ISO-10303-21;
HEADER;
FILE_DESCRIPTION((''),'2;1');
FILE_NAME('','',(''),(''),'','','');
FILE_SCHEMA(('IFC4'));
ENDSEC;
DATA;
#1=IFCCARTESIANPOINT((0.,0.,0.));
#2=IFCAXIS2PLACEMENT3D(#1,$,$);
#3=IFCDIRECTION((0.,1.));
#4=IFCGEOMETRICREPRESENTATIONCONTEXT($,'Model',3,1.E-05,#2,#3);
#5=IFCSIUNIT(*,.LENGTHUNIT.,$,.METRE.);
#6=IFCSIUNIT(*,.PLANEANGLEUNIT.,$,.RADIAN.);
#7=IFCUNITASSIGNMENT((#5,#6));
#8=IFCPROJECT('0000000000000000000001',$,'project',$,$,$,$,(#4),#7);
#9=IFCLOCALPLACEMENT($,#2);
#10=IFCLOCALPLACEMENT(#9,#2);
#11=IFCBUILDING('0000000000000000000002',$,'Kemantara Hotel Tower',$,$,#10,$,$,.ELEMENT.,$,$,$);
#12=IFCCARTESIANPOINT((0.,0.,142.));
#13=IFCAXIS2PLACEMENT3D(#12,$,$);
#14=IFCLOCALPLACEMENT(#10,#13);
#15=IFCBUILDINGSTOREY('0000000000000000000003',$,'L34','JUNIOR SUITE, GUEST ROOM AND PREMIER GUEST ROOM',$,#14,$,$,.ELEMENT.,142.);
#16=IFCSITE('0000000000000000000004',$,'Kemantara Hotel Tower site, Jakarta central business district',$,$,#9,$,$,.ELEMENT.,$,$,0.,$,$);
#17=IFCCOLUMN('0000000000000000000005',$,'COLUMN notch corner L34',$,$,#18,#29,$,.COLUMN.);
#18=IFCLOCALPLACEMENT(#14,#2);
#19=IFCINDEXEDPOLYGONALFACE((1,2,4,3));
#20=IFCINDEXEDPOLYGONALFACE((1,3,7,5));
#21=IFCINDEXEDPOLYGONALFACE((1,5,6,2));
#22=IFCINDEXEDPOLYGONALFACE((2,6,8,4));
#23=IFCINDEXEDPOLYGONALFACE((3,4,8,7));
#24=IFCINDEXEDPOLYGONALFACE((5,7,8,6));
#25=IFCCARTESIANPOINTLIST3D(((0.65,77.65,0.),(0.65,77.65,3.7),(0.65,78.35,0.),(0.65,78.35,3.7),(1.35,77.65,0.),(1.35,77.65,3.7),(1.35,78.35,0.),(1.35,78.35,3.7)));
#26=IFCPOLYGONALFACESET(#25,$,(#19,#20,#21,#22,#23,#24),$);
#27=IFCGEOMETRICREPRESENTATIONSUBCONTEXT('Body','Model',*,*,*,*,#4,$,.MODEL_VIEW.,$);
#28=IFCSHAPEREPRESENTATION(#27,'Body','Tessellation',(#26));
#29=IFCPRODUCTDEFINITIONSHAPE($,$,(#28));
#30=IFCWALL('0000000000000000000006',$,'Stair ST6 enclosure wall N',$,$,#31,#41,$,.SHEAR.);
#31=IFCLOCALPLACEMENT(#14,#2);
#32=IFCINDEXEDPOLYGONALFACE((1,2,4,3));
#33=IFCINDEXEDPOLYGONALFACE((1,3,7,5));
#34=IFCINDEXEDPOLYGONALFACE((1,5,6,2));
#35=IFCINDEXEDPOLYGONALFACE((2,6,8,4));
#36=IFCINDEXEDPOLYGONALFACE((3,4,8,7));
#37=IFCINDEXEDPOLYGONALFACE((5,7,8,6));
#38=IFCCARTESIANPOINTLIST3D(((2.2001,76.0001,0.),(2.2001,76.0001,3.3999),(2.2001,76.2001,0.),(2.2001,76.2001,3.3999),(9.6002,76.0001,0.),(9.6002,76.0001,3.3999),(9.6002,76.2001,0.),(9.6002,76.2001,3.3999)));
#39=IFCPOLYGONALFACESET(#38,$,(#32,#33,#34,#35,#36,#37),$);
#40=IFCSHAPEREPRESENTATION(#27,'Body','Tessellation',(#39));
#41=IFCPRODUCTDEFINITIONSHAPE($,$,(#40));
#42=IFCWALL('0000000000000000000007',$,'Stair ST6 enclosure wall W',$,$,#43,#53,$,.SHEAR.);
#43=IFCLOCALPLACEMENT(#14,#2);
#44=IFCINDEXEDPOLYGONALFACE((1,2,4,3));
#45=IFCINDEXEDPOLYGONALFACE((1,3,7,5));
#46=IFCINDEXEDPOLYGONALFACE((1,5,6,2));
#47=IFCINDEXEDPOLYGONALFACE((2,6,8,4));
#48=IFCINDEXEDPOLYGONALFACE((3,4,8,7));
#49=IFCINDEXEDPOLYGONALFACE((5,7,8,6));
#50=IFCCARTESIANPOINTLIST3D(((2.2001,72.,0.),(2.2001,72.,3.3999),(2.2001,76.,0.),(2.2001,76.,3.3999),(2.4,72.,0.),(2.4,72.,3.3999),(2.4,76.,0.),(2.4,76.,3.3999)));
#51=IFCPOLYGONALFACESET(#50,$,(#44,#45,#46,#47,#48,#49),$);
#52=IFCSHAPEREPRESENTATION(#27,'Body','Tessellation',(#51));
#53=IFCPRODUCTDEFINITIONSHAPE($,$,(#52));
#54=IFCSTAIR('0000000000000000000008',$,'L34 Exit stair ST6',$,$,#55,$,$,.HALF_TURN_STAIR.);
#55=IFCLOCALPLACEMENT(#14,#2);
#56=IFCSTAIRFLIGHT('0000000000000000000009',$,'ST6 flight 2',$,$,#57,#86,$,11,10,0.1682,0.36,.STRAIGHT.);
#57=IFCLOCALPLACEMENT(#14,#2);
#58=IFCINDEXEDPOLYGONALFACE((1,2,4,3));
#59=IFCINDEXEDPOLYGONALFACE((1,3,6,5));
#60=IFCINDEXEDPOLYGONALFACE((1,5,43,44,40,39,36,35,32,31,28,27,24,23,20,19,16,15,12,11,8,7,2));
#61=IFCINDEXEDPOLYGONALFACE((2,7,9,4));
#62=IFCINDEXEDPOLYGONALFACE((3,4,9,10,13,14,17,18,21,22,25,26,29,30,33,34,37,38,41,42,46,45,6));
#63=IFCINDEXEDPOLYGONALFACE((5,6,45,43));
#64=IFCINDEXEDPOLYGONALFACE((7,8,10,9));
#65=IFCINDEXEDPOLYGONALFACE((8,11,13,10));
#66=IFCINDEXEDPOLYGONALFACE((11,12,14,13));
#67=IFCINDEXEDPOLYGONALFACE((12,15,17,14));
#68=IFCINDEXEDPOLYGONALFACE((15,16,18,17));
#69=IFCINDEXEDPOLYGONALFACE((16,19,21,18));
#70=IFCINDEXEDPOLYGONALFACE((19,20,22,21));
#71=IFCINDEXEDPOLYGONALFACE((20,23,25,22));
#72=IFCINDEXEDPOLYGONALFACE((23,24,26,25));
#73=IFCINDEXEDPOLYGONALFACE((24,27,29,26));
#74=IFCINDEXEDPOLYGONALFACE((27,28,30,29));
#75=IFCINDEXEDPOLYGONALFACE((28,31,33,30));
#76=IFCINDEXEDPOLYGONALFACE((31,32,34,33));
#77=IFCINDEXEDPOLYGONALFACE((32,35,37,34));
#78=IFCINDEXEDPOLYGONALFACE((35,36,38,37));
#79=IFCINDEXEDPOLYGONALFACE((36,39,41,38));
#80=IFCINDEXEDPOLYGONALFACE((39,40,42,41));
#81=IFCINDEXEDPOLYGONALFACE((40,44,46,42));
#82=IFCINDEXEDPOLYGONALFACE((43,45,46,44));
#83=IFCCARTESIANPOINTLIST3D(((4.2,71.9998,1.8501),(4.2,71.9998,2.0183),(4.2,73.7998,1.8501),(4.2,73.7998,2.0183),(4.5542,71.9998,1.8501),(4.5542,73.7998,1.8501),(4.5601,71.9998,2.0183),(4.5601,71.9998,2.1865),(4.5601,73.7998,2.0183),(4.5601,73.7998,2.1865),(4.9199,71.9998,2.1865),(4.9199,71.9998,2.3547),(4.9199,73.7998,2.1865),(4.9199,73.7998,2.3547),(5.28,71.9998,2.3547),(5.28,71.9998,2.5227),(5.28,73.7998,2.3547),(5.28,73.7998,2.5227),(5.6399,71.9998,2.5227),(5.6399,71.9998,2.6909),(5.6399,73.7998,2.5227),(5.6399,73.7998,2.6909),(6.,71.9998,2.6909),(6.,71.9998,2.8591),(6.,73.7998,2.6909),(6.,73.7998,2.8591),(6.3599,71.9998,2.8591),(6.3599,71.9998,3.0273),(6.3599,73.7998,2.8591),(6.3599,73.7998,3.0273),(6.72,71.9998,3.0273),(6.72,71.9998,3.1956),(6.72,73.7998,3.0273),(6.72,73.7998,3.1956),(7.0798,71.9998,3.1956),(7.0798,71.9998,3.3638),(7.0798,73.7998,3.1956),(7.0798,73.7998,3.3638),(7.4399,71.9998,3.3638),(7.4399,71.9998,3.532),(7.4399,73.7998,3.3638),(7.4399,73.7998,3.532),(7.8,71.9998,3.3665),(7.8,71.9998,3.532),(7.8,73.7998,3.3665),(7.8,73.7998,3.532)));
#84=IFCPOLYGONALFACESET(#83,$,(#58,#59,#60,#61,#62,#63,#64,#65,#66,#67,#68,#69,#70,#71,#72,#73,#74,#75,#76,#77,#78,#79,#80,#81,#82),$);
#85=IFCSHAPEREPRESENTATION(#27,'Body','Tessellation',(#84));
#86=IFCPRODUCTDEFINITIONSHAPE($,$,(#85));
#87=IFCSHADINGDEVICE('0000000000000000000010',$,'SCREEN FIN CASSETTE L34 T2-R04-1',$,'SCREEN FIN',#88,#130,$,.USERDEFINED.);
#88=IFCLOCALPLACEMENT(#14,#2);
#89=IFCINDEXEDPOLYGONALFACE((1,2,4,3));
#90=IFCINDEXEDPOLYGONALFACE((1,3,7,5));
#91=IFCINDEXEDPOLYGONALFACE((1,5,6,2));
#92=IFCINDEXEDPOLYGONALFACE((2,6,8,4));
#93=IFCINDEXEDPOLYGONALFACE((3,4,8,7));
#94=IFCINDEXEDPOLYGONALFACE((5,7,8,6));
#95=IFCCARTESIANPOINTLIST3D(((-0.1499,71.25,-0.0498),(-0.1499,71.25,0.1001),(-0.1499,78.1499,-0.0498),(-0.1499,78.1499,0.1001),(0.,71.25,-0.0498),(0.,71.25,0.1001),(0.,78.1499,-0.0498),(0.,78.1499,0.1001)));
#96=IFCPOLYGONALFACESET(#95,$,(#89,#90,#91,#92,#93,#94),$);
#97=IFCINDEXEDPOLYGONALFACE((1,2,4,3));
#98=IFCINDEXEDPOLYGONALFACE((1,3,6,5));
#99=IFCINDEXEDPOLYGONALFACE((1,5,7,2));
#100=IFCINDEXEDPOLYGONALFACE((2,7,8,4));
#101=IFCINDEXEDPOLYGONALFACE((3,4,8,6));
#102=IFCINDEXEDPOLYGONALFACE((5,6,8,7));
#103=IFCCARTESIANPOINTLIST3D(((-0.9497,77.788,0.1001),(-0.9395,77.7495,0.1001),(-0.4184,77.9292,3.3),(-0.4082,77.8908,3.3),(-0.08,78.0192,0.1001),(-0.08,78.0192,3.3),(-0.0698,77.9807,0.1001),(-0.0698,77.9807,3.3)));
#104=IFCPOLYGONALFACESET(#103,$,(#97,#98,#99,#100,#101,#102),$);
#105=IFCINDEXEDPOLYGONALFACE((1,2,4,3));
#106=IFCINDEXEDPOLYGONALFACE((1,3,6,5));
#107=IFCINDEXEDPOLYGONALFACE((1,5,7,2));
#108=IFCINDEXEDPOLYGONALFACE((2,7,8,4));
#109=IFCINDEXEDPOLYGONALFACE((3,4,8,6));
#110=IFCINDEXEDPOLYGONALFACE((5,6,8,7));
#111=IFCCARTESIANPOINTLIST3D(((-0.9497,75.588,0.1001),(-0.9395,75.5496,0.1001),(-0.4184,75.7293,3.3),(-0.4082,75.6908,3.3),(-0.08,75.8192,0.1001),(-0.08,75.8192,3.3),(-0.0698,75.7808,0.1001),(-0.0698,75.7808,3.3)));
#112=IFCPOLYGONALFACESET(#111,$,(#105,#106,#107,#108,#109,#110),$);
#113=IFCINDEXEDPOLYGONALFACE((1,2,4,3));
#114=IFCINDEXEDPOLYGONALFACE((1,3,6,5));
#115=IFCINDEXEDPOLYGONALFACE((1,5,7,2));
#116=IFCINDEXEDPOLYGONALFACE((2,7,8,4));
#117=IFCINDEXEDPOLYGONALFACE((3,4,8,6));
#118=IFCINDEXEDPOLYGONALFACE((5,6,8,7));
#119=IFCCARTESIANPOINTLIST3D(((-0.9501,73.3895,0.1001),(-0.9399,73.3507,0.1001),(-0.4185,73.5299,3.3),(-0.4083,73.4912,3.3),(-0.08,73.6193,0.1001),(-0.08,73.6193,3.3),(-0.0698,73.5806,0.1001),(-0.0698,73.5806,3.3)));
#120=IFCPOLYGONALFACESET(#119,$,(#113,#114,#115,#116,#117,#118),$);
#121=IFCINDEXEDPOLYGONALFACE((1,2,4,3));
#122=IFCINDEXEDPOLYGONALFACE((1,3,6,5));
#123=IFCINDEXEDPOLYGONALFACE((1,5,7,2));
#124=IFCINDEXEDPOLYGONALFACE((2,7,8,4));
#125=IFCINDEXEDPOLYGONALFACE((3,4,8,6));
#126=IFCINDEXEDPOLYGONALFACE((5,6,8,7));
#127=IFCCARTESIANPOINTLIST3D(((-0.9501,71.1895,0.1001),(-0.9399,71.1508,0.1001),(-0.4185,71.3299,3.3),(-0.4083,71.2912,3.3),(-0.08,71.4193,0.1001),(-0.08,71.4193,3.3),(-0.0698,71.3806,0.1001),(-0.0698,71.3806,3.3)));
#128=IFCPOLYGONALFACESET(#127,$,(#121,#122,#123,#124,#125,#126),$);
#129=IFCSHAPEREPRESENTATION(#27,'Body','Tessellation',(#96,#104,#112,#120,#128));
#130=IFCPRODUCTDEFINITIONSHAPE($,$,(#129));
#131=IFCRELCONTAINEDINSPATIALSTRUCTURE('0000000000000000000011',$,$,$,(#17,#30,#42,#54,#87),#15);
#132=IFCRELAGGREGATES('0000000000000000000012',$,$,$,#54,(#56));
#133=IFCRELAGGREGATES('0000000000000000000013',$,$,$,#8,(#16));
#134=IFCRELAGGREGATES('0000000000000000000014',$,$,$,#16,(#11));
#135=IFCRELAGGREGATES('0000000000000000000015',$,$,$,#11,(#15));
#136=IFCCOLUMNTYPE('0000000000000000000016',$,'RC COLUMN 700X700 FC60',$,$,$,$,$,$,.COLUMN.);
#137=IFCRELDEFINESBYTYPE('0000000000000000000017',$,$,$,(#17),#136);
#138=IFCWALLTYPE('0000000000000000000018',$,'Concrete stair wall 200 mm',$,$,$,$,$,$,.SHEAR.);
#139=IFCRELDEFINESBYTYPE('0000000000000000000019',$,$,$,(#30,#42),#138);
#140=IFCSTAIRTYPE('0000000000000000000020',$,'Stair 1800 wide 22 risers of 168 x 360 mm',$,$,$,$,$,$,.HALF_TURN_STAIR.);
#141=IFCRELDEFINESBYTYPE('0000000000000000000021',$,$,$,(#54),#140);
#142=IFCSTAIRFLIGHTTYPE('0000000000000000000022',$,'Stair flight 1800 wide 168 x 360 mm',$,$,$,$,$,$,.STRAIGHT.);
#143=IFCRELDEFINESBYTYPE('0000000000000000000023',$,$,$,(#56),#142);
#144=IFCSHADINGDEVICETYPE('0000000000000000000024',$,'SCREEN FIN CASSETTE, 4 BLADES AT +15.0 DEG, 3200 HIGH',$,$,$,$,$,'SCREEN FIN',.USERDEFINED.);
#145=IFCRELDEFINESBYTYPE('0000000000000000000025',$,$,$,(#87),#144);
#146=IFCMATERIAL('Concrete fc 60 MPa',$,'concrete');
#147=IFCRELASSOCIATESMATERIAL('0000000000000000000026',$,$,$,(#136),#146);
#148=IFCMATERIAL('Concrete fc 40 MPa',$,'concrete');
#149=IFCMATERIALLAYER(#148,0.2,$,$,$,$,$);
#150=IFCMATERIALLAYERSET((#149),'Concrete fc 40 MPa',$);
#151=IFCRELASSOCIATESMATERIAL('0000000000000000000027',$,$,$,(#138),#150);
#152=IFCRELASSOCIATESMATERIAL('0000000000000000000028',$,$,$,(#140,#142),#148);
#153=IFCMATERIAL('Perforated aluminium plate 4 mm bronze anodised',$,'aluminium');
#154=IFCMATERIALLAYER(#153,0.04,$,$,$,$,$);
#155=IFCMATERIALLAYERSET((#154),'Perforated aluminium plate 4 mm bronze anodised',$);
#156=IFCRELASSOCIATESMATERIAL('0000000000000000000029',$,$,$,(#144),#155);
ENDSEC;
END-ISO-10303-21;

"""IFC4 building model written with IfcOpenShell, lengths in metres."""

from ifc_helpers import new_model, si_unit, direction, frame, frame_2d, origin, origin_2d, place, context, subcontext, project, spatial, polyline, rectangle, outline, extrude, source, transform, mapped, material, layer, layer_set, material_profile, profile_set, type_object, element, aggregate, save


model = new_model("IFC4")

# Units and contexts
model_context = context("Model", 3, precision=1e-05, world=origin(), true_north=direction((0.0, 1.0)))
body_context = subcontext(model_context, "Body", "Model", "MODEL_VIEW")
ifc_project = project(units=[si_unit("LENGTHUNIT", "METRE"), si_unit("PLANEANGLEUNIT", "RADIAN")], contexts=[model_context])

# Site, building, storey
site_placement = place(None, origin())
site = spatial("IfcSite", under=ifc_project, at=site_placement, Name="Kemantara Hotel Tower site, Jakarta central business district", CompositionType="ELEMENT", RefElevation=0.0)
building_placement = place(site_placement, origin())
building = spatial("IfcBuilding", under=site, at=building_placement, Name="Kemantara Hotel Tower", CompositionType="ELEMENT")
storey_placement = place(building_placement, frame((0.0, 0.0, 142.0)))
storey = spatial("IfcBuildingStorey", under=building, at=storey_placement, Name="L34", Description="JUNIOR SUITE, GUEST ROOM AND PREMIER GUEST ROOM", CompositionType="ELEMENT", Elevation=142.0)

# Column
ifc_material_1 = material(Name="Concrete fc 60 MPa", Category="concrete")
ifc_material_profile = material_profile(ifc_material_1, rectangle(XDim=0.7, YDim=0.7, at=origin_2d()), Name="RC 700X700")
ifc_profile_set = profile_set([ifc_material_profile], Name="Concrete fc 60 MPa")
column_type = type_object("IfcColumnType", Name="RC COLUMN 700X700 FC60", PredefinedType="COLUMN", material=ifc_profile_set)
column_placement = place(storey_placement, frame((1.0, 78.0, 0.0), z_axis=(0.0, 0.0, 1.0), x_axis=(1.0, 0.0, 0.0)))
element("IfcColumn", 1, at=column_placement, inside=storey, type_object=column_type, Name="COLUMN notch corner L34", PredefinedType="COLUMN", context=body_context, shape_type="SweptSolid", body=[
    extrude(rectangle(XDim=0.7, YDim=0.7, at=origin_2d()), origin(), (0.0, 0.0, 1.0), 3.7),
])

# Walls
ifc_material_2 = material(Name="Concrete fc 40 MPa", Category="concrete")
ifc_layer_1 = layer(ifc_material_2, 0.2)
ifc_layer_set_1 = layer_set([ifc_layer_1], Name="Concrete fc 40 MPa")
wall_type = type_object("IfcWallType", Name="Concrete stair wall 200 mm", PredefinedType="SHEAR", material=ifc_layer_set_1)
wall_1_placement = place(storey_placement, frame((2.2, 76.1001, 0.0), z_axis=(0.0, 0.0, 1.0), x_axis=(1.0, 0.0, 0.0)))
element("IfcWall", 2, at=wall_1_placement, inside=storey, type_object=wall_type, Name="Stair ST6 enclosure wall N", PredefinedType="SHEAR", context=body_context, shape_type="SweptSolid", body=[
    extrude(rectangle(XDim=7.4001, YDim=0.2, at=frame_2d((3.7002, 0.0))), origin(), (0.0, 0.0, 1.0), 3.3999),
])
wall_2_placement = place(storey_placement, frame((2.3, 72.0, 0.0), z_axis=(0.0, 0.0, 1.0), x_axis=(0.0, 1.0, 0.0)))
element("IfcWall", 3, at=wall_2_placement, inside=storey, type_object=wall_type, Name="Stair ST6 enclosure wall W", PredefinedType="SHEAR", context=body_context, shape_type="SweptSolid", body=[
    extrude(rectangle(XDim=4.0, YDim=0.2, at=frame_2d((2.0, 0.0))), origin(), (0.0, 0.0, 1.0), 3.3999),
])

# Stair, stair flight
stair_type = type_object("IfcStairType", Name="Stair 1800 wide 22 risers of 168 x 360 mm", PredefinedType="HALF_TURN_STAIR", material=ifc_material_2)
stair_placement = place(storey_placement, origin())
stair = element("IfcStair", 4, at=stair_placement, inside=storey, type_object=stair_type, Name="L34 Exit stair ST6", PredefinedType="HALF_TURN_STAIR")
stair_flight_type = type_object("IfcStairFlightType", Name="Stair flight 1800 wide 168 x 360 mm", PredefinedType="STRAIGHT", material=ifc_material_2)
stair_flight_placement = place(storey_placement, frame((4.2, 72.8999, 1.8501), z_axis=(0.0, 0.0, 1.0), x_axis=(1.0, 0.0, 0.0)))
stair_flight = element("IfcStairFlight", 5, at=stair_flight_placement, type_object=stair_flight_type, Name="ST6 flight 2", NumberOfRisers=11, NumberOfTreads=10, PredefinedType="STRAIGHT", RiserHeight=0.1682, TreadLength=0.36, context=body_context, shape_type="SweptSolid", body=[
    extrude(outline(polyline([(0.0, 0.0), (0.0, 0.1682), (0.3601, 0.1682), (0.3601, 0.3364), (0.72, 0.3364), (0.72, 0.5046), (1.0801, 0.5046), (1.0801, 0.6726), (1.4399, 0.6726), (1.4399, 0.8408), (1.8, 0.8408), (1.8, 1.009), (2.1599, 1.009), (2.1599, 1.1772), (2.52, 1.1772), (2.52, 1.3455), (2.8799, 1.3455), (2.8799, 1.5137), (3.24, 1.5137), (3.24, 1.6819), (3.6001, 1.6819), (3.6001, 1.8501), (3.6001, 1.5164), (0.3542, 0.0), (0.0, 0.0)])), frame((0.0, 0.8999, 0.0), z_axis=(0.0, -1.0, 0.0), x_axis=(1.0, 0.0, 0.0)), (0.0, 0.0, 1.0), 1.8),
])
aggregate(stair, [stair_flight])

# Shading device
ifc_material_3 = material(Name="Perforated aluminium plate 4 mm bronze anodised", Category="aluminium")
ifc_layer_2 = layer(ifc_material_3, 0.04)
ifc_layer_set_2 = layer_set([ifc_layer_2], Name="Perforated aluminium plate 4 mm bronze anodised")
shading_device_type = type_object("IfcShadingDeviceType", Name="SCREEN FIN CASSETTE, 4 BLADES AT +15.0 DEG, 3200 HIGH", ElementType="SCREEN FIN", PredefinedType="USERDEFINED", material=ifc_layer_set_2)
shared_shape = source(origin(), body_context, "Body", "SweptSolid", [
    extrude(rectangle(XDim=6.8999, YDim=0.1499, at=origin_2d()), frame((3.3, -0.075, -0.1499), z_axis=(0.0, 0.0, 1.0), x_axis=(1.0, 0.0, 0.0)), (0.0, 0.0, 1.0), 0.1499),
    extrude(outline(polyline([(0.0, 0.0), (0.8999, 0.0), (0.3501, 3.2), (0.0, 3.2), (0.0, 0.0)])), frame((0.0193, -0.0698, 0.0), z_axis=(-0.966438, -0.256901, 0.0), x_axis=(0.256901, -0.966438, 0.0)), (0.0, 0.0, 1.0), 0.0398),
    extrude(outline(polyline([(0.0, 0.0), (0.8999, 0.0), (0.3501, 3.2), (0.0, 3.2), (0.0, 0.0)])), frame((2.2192, -0.0698, 0.0), z_axis=(-0.966438, -0.256901, 0.0), x_axis=(0.256901, -0.966438, 0.0)), (0.0, 0.0, 1.0), 0.0398),
    extrude(outline(polyline([(0.0, 0.0), (0.8999, 0.0), (0.3501, 3.2), (0.0, 3.2), (0.0, 0.0)])), frame((4.4194, -0.0698, 0.0), z_axis=(-0.966838, -0.255391, 0.0), x_axis=(0.255391, -0.966838, 0.0)), (0.0, 0.0, 1.0), 0.04),
    extrude(outline(polyline([(0.0, 0.0), (0.8999, 0.0), (0.3501, 3.2), (0.0, 3.2), (0.0, 0.0)])), frame((6.6194, -0.0698, 0.0), z_axis=(-0.966838, -0.255391, 0.0), x_axis=(0.255391, -0.966838, 0.0)), (0.0, 0.0, 1.0), 0.04),
])
shading_device_placement = place(storey_placement, frame((0.0, 78.0, 0.1001), z_axis=(0.0, 0.0, 1.0), x_axis=(0.0, -1.0, 0.0)))
element("IfcShadingDevice", 6, at=shading_device_placement, inside=storey, type_object=shading_device_type, Name="SCREEN FIN CASSETTE L34 T2-R04-1", ObjectType="SCREEN FIN", PredefinedType="USERDEFINED", context=body_context, shape_type="MappedRepresentation", body=[
    mapped(shared_shape, transform((0.0, 0.0, 0.0))),
])

save(model, "model.ifc")
